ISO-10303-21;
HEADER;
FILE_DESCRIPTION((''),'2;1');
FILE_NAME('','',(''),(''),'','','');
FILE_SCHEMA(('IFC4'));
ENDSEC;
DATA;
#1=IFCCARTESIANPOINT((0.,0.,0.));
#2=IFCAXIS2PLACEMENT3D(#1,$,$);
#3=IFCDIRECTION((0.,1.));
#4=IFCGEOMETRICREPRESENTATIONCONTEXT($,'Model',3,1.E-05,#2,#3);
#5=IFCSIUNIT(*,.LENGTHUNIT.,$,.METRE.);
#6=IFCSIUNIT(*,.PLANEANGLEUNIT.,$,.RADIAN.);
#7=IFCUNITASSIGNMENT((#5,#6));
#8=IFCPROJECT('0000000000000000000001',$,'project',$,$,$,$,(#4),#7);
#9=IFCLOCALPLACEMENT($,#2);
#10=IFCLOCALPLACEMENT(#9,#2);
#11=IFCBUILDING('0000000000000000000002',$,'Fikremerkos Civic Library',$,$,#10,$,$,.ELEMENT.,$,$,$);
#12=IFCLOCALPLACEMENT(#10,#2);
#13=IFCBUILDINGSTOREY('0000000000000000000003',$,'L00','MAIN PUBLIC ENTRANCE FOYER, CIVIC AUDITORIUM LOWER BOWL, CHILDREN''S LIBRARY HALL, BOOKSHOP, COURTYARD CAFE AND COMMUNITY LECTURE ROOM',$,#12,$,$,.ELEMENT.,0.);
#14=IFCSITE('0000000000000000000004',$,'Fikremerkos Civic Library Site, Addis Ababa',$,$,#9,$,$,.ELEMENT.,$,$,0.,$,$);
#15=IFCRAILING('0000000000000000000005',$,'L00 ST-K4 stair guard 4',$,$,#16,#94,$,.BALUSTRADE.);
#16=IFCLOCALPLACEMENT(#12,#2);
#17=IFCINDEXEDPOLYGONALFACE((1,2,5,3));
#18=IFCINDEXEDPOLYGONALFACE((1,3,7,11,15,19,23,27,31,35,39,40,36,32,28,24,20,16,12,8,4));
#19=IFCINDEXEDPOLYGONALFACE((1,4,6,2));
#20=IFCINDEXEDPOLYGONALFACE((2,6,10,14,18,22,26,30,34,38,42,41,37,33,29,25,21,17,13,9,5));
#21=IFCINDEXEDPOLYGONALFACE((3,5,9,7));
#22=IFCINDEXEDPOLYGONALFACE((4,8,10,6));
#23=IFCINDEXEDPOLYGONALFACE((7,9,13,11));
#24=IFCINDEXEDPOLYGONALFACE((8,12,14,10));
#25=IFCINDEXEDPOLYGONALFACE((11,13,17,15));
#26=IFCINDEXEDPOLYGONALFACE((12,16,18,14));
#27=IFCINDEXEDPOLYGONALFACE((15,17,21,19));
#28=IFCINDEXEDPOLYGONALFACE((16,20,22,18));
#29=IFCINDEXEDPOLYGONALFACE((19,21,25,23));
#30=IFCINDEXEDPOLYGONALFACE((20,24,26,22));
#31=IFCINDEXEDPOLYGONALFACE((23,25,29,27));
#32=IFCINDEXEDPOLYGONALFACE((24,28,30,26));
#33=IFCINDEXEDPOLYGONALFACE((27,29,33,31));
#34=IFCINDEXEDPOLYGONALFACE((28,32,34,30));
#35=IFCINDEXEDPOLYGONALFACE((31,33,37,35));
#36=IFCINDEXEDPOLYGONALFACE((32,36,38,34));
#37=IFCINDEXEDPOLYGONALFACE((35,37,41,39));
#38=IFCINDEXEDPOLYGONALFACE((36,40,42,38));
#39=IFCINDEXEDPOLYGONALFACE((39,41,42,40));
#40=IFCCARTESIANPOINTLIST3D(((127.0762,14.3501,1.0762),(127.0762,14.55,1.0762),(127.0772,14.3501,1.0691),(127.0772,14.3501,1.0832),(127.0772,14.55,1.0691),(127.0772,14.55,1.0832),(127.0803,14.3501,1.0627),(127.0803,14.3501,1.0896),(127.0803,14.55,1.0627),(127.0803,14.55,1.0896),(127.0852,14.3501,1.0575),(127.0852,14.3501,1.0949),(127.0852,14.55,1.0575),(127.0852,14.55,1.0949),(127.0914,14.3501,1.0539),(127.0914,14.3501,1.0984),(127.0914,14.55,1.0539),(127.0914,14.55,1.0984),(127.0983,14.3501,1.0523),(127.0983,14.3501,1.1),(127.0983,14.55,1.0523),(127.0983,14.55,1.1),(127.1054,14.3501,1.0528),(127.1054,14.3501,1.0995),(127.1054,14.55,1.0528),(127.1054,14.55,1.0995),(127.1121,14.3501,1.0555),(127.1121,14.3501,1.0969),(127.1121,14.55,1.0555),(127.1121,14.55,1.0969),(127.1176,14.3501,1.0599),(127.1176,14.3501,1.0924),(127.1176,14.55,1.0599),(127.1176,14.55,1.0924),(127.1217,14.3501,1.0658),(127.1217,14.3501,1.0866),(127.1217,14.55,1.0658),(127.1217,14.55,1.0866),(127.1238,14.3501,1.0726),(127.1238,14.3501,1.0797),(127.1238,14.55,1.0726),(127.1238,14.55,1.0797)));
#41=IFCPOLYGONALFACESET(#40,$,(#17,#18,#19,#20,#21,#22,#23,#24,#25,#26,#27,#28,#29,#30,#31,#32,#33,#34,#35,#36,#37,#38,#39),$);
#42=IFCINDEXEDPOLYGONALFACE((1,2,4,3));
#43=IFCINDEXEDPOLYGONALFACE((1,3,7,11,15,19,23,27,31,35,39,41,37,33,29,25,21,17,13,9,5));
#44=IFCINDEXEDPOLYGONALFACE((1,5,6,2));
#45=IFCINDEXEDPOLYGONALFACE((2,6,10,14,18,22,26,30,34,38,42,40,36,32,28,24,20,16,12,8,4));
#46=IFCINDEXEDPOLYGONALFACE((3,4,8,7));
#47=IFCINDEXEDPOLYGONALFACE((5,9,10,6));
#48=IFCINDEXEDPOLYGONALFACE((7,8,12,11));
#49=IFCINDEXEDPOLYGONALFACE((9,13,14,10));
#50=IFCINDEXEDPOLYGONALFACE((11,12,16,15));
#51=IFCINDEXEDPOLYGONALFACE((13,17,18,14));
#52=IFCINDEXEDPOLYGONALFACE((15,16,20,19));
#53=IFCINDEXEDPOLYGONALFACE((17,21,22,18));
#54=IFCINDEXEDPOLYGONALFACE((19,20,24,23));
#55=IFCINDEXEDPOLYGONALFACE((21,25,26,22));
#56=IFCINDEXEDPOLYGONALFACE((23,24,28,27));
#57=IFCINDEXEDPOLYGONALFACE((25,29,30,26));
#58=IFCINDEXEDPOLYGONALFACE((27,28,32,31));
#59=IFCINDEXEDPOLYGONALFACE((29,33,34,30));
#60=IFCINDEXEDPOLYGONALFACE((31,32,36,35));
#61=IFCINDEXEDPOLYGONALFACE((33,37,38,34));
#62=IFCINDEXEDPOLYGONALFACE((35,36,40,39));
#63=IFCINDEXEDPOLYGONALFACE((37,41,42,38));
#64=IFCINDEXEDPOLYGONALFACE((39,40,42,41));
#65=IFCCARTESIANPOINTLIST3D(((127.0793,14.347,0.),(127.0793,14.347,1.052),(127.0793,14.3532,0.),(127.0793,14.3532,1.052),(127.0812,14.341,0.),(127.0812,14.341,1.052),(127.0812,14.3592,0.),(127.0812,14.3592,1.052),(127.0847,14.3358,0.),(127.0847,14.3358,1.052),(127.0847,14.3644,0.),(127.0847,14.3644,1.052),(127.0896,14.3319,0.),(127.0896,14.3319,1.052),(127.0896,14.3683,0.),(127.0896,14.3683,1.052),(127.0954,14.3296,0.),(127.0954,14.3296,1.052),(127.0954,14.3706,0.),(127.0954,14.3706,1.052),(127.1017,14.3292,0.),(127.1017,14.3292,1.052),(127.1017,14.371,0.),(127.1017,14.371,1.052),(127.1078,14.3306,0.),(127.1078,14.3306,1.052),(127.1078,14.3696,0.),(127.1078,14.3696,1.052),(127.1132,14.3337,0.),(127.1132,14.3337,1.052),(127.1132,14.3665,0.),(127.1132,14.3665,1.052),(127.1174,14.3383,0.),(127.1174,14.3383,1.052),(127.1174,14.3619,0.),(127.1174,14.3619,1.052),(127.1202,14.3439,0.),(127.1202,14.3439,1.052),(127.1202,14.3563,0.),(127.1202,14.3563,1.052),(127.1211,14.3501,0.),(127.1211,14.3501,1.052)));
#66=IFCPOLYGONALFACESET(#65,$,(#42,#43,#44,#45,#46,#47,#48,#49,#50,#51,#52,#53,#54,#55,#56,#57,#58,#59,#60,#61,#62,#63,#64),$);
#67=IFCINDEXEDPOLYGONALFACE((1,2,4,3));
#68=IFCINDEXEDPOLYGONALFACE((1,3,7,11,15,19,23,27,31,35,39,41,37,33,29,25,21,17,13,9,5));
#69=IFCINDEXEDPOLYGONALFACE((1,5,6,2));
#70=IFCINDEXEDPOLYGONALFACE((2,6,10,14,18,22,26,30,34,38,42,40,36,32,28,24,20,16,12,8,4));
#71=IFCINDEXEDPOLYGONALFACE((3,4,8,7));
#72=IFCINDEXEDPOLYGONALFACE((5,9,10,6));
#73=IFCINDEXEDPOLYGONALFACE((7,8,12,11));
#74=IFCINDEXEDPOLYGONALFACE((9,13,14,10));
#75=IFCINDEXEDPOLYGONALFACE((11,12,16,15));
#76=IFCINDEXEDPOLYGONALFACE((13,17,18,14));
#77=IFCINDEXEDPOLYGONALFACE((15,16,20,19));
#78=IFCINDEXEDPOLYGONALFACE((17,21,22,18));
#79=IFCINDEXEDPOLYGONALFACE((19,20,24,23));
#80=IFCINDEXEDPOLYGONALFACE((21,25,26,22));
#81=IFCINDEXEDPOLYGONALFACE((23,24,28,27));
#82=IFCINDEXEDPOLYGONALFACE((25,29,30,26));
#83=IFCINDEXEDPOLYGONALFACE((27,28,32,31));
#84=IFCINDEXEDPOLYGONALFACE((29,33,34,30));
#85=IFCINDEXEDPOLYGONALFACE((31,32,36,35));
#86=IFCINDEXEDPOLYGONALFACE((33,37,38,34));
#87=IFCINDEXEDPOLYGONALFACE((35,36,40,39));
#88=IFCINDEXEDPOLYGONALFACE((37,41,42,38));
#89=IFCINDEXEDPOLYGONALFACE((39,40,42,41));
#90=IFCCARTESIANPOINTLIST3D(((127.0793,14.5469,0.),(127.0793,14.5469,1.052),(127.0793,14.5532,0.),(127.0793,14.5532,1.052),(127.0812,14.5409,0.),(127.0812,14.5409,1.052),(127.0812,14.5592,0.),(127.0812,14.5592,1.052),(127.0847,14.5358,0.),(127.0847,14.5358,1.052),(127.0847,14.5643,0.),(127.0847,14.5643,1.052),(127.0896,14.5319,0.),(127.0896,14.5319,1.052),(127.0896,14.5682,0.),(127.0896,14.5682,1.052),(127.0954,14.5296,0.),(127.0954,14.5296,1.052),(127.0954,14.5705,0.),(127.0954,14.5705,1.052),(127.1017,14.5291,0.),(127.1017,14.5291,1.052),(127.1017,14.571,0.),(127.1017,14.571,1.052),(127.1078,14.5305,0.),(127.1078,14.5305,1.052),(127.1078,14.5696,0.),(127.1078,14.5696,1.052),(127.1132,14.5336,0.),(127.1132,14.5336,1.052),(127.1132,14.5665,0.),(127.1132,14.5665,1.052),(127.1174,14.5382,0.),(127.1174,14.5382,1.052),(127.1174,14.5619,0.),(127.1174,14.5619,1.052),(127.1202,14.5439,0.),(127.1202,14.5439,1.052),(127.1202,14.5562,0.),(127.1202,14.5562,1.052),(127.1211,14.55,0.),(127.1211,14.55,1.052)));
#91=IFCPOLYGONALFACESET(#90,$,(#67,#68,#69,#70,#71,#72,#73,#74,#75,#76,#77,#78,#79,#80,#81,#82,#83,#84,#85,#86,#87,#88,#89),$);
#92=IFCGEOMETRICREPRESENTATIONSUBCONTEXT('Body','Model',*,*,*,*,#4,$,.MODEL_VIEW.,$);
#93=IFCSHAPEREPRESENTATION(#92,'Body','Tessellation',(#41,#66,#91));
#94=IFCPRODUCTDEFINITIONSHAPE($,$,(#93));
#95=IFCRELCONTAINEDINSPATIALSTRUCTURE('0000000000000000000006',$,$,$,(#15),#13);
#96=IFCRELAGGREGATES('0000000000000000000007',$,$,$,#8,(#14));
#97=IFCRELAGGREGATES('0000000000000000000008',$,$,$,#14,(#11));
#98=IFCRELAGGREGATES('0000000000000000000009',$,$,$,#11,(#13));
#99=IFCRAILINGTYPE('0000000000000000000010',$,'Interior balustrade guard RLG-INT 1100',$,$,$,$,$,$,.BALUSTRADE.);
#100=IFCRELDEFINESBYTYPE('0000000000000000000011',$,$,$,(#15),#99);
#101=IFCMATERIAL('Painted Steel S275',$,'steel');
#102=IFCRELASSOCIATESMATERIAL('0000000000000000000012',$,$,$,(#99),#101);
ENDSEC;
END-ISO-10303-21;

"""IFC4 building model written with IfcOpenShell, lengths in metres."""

from ifc_helpers import new_model, si_unit, direction, frame, origin, origin_2d, place, context, subcontext, project, spatial, circle, extrude, material, type_object, element, save


model = new_model("IFC4")

# Units and contexts
model_context = context("Model", 3, precision=1e-05, world=origin(), true_north=direction((0.0, 1.0)))
body_context = subcontext(model_context, "Body", "Model", "MODEL_VIEW")
ifc_project = project(units=[si_unit("LENGTHUNIT", "METRE"), si_unit("PLANEANGLEUNIT", "RADIAN")], contexts=[model_context])

# Site, building, storey
site_placement = place(None, origin())
site = spatial("IfcSite", under=ifc_project, at=site_placement, Name="Fikremerkos Civic Library Site, Addis Ababa", CompositionType="ELEMENT", RefElevation=0.0)
building_placement = place(site_placement, origin())
building = spatial("IfcBuilding", under=site, at=building_placement, Name="Fikremerkos Civic Library", CompositionType="ELEMENT")
storey_placement = place(building_placement, origin())
storey = spatial("IfcBuildingStorey", under=building, at=storey_placement, Name="L00", Description="MAIN PUBLIC ENTRANCE FOYER, CIVIC AUDITORIUM LOWER BOWL, CHILDREN'S LIBRARY HALL, BOOKSHOP, COURTYARD CAFE AND COMMUNITY LECTURE ROOM", CompositionType="ELEMENT", Elevation=0.0)

# Railing
ifc_material_1 = material(Name="Painted Steel S275", Category="steel")
railing_type = type_object("IfcRailingType", Name="Interior balustrade guard RLG-INT 1100", PredefinedType="BALUSTRADE", material=ifc_material_1)
railing_1_placement = place(storey_placement, frame((127.1001, 14.3501, 0.0)))
element("IfcRailing", 1, at=railing_1_placement, inside=storey, type_object=railing_type, Name="L00 ST-K4 stair guard 4", PredefinedType="BALUSTRADE", context=body_context, shape_type="SweptSolid", body=[
    extrude(circle(Radius=0.0239, at=origin_2d()), frame((0.0, 0.0, 1.0762), z_axis=(0.0, 1.0, 0.0), x_axis=(-1.0, 0.0, 0.0)), (0.0, 0.0, 1.0), 0.2),
    extrude(circle(Radius=0.021, at=origin_2d()), origin(), (0.0, 0.0, 1.0), 1.052),
    extrude(circle(Radius=0.021, at=origin_2d()), frame((0.0, 0.2, 0.0)), (0.0, 0.0, 1.0), 1.052),
])

save(model, "model.ifc")
